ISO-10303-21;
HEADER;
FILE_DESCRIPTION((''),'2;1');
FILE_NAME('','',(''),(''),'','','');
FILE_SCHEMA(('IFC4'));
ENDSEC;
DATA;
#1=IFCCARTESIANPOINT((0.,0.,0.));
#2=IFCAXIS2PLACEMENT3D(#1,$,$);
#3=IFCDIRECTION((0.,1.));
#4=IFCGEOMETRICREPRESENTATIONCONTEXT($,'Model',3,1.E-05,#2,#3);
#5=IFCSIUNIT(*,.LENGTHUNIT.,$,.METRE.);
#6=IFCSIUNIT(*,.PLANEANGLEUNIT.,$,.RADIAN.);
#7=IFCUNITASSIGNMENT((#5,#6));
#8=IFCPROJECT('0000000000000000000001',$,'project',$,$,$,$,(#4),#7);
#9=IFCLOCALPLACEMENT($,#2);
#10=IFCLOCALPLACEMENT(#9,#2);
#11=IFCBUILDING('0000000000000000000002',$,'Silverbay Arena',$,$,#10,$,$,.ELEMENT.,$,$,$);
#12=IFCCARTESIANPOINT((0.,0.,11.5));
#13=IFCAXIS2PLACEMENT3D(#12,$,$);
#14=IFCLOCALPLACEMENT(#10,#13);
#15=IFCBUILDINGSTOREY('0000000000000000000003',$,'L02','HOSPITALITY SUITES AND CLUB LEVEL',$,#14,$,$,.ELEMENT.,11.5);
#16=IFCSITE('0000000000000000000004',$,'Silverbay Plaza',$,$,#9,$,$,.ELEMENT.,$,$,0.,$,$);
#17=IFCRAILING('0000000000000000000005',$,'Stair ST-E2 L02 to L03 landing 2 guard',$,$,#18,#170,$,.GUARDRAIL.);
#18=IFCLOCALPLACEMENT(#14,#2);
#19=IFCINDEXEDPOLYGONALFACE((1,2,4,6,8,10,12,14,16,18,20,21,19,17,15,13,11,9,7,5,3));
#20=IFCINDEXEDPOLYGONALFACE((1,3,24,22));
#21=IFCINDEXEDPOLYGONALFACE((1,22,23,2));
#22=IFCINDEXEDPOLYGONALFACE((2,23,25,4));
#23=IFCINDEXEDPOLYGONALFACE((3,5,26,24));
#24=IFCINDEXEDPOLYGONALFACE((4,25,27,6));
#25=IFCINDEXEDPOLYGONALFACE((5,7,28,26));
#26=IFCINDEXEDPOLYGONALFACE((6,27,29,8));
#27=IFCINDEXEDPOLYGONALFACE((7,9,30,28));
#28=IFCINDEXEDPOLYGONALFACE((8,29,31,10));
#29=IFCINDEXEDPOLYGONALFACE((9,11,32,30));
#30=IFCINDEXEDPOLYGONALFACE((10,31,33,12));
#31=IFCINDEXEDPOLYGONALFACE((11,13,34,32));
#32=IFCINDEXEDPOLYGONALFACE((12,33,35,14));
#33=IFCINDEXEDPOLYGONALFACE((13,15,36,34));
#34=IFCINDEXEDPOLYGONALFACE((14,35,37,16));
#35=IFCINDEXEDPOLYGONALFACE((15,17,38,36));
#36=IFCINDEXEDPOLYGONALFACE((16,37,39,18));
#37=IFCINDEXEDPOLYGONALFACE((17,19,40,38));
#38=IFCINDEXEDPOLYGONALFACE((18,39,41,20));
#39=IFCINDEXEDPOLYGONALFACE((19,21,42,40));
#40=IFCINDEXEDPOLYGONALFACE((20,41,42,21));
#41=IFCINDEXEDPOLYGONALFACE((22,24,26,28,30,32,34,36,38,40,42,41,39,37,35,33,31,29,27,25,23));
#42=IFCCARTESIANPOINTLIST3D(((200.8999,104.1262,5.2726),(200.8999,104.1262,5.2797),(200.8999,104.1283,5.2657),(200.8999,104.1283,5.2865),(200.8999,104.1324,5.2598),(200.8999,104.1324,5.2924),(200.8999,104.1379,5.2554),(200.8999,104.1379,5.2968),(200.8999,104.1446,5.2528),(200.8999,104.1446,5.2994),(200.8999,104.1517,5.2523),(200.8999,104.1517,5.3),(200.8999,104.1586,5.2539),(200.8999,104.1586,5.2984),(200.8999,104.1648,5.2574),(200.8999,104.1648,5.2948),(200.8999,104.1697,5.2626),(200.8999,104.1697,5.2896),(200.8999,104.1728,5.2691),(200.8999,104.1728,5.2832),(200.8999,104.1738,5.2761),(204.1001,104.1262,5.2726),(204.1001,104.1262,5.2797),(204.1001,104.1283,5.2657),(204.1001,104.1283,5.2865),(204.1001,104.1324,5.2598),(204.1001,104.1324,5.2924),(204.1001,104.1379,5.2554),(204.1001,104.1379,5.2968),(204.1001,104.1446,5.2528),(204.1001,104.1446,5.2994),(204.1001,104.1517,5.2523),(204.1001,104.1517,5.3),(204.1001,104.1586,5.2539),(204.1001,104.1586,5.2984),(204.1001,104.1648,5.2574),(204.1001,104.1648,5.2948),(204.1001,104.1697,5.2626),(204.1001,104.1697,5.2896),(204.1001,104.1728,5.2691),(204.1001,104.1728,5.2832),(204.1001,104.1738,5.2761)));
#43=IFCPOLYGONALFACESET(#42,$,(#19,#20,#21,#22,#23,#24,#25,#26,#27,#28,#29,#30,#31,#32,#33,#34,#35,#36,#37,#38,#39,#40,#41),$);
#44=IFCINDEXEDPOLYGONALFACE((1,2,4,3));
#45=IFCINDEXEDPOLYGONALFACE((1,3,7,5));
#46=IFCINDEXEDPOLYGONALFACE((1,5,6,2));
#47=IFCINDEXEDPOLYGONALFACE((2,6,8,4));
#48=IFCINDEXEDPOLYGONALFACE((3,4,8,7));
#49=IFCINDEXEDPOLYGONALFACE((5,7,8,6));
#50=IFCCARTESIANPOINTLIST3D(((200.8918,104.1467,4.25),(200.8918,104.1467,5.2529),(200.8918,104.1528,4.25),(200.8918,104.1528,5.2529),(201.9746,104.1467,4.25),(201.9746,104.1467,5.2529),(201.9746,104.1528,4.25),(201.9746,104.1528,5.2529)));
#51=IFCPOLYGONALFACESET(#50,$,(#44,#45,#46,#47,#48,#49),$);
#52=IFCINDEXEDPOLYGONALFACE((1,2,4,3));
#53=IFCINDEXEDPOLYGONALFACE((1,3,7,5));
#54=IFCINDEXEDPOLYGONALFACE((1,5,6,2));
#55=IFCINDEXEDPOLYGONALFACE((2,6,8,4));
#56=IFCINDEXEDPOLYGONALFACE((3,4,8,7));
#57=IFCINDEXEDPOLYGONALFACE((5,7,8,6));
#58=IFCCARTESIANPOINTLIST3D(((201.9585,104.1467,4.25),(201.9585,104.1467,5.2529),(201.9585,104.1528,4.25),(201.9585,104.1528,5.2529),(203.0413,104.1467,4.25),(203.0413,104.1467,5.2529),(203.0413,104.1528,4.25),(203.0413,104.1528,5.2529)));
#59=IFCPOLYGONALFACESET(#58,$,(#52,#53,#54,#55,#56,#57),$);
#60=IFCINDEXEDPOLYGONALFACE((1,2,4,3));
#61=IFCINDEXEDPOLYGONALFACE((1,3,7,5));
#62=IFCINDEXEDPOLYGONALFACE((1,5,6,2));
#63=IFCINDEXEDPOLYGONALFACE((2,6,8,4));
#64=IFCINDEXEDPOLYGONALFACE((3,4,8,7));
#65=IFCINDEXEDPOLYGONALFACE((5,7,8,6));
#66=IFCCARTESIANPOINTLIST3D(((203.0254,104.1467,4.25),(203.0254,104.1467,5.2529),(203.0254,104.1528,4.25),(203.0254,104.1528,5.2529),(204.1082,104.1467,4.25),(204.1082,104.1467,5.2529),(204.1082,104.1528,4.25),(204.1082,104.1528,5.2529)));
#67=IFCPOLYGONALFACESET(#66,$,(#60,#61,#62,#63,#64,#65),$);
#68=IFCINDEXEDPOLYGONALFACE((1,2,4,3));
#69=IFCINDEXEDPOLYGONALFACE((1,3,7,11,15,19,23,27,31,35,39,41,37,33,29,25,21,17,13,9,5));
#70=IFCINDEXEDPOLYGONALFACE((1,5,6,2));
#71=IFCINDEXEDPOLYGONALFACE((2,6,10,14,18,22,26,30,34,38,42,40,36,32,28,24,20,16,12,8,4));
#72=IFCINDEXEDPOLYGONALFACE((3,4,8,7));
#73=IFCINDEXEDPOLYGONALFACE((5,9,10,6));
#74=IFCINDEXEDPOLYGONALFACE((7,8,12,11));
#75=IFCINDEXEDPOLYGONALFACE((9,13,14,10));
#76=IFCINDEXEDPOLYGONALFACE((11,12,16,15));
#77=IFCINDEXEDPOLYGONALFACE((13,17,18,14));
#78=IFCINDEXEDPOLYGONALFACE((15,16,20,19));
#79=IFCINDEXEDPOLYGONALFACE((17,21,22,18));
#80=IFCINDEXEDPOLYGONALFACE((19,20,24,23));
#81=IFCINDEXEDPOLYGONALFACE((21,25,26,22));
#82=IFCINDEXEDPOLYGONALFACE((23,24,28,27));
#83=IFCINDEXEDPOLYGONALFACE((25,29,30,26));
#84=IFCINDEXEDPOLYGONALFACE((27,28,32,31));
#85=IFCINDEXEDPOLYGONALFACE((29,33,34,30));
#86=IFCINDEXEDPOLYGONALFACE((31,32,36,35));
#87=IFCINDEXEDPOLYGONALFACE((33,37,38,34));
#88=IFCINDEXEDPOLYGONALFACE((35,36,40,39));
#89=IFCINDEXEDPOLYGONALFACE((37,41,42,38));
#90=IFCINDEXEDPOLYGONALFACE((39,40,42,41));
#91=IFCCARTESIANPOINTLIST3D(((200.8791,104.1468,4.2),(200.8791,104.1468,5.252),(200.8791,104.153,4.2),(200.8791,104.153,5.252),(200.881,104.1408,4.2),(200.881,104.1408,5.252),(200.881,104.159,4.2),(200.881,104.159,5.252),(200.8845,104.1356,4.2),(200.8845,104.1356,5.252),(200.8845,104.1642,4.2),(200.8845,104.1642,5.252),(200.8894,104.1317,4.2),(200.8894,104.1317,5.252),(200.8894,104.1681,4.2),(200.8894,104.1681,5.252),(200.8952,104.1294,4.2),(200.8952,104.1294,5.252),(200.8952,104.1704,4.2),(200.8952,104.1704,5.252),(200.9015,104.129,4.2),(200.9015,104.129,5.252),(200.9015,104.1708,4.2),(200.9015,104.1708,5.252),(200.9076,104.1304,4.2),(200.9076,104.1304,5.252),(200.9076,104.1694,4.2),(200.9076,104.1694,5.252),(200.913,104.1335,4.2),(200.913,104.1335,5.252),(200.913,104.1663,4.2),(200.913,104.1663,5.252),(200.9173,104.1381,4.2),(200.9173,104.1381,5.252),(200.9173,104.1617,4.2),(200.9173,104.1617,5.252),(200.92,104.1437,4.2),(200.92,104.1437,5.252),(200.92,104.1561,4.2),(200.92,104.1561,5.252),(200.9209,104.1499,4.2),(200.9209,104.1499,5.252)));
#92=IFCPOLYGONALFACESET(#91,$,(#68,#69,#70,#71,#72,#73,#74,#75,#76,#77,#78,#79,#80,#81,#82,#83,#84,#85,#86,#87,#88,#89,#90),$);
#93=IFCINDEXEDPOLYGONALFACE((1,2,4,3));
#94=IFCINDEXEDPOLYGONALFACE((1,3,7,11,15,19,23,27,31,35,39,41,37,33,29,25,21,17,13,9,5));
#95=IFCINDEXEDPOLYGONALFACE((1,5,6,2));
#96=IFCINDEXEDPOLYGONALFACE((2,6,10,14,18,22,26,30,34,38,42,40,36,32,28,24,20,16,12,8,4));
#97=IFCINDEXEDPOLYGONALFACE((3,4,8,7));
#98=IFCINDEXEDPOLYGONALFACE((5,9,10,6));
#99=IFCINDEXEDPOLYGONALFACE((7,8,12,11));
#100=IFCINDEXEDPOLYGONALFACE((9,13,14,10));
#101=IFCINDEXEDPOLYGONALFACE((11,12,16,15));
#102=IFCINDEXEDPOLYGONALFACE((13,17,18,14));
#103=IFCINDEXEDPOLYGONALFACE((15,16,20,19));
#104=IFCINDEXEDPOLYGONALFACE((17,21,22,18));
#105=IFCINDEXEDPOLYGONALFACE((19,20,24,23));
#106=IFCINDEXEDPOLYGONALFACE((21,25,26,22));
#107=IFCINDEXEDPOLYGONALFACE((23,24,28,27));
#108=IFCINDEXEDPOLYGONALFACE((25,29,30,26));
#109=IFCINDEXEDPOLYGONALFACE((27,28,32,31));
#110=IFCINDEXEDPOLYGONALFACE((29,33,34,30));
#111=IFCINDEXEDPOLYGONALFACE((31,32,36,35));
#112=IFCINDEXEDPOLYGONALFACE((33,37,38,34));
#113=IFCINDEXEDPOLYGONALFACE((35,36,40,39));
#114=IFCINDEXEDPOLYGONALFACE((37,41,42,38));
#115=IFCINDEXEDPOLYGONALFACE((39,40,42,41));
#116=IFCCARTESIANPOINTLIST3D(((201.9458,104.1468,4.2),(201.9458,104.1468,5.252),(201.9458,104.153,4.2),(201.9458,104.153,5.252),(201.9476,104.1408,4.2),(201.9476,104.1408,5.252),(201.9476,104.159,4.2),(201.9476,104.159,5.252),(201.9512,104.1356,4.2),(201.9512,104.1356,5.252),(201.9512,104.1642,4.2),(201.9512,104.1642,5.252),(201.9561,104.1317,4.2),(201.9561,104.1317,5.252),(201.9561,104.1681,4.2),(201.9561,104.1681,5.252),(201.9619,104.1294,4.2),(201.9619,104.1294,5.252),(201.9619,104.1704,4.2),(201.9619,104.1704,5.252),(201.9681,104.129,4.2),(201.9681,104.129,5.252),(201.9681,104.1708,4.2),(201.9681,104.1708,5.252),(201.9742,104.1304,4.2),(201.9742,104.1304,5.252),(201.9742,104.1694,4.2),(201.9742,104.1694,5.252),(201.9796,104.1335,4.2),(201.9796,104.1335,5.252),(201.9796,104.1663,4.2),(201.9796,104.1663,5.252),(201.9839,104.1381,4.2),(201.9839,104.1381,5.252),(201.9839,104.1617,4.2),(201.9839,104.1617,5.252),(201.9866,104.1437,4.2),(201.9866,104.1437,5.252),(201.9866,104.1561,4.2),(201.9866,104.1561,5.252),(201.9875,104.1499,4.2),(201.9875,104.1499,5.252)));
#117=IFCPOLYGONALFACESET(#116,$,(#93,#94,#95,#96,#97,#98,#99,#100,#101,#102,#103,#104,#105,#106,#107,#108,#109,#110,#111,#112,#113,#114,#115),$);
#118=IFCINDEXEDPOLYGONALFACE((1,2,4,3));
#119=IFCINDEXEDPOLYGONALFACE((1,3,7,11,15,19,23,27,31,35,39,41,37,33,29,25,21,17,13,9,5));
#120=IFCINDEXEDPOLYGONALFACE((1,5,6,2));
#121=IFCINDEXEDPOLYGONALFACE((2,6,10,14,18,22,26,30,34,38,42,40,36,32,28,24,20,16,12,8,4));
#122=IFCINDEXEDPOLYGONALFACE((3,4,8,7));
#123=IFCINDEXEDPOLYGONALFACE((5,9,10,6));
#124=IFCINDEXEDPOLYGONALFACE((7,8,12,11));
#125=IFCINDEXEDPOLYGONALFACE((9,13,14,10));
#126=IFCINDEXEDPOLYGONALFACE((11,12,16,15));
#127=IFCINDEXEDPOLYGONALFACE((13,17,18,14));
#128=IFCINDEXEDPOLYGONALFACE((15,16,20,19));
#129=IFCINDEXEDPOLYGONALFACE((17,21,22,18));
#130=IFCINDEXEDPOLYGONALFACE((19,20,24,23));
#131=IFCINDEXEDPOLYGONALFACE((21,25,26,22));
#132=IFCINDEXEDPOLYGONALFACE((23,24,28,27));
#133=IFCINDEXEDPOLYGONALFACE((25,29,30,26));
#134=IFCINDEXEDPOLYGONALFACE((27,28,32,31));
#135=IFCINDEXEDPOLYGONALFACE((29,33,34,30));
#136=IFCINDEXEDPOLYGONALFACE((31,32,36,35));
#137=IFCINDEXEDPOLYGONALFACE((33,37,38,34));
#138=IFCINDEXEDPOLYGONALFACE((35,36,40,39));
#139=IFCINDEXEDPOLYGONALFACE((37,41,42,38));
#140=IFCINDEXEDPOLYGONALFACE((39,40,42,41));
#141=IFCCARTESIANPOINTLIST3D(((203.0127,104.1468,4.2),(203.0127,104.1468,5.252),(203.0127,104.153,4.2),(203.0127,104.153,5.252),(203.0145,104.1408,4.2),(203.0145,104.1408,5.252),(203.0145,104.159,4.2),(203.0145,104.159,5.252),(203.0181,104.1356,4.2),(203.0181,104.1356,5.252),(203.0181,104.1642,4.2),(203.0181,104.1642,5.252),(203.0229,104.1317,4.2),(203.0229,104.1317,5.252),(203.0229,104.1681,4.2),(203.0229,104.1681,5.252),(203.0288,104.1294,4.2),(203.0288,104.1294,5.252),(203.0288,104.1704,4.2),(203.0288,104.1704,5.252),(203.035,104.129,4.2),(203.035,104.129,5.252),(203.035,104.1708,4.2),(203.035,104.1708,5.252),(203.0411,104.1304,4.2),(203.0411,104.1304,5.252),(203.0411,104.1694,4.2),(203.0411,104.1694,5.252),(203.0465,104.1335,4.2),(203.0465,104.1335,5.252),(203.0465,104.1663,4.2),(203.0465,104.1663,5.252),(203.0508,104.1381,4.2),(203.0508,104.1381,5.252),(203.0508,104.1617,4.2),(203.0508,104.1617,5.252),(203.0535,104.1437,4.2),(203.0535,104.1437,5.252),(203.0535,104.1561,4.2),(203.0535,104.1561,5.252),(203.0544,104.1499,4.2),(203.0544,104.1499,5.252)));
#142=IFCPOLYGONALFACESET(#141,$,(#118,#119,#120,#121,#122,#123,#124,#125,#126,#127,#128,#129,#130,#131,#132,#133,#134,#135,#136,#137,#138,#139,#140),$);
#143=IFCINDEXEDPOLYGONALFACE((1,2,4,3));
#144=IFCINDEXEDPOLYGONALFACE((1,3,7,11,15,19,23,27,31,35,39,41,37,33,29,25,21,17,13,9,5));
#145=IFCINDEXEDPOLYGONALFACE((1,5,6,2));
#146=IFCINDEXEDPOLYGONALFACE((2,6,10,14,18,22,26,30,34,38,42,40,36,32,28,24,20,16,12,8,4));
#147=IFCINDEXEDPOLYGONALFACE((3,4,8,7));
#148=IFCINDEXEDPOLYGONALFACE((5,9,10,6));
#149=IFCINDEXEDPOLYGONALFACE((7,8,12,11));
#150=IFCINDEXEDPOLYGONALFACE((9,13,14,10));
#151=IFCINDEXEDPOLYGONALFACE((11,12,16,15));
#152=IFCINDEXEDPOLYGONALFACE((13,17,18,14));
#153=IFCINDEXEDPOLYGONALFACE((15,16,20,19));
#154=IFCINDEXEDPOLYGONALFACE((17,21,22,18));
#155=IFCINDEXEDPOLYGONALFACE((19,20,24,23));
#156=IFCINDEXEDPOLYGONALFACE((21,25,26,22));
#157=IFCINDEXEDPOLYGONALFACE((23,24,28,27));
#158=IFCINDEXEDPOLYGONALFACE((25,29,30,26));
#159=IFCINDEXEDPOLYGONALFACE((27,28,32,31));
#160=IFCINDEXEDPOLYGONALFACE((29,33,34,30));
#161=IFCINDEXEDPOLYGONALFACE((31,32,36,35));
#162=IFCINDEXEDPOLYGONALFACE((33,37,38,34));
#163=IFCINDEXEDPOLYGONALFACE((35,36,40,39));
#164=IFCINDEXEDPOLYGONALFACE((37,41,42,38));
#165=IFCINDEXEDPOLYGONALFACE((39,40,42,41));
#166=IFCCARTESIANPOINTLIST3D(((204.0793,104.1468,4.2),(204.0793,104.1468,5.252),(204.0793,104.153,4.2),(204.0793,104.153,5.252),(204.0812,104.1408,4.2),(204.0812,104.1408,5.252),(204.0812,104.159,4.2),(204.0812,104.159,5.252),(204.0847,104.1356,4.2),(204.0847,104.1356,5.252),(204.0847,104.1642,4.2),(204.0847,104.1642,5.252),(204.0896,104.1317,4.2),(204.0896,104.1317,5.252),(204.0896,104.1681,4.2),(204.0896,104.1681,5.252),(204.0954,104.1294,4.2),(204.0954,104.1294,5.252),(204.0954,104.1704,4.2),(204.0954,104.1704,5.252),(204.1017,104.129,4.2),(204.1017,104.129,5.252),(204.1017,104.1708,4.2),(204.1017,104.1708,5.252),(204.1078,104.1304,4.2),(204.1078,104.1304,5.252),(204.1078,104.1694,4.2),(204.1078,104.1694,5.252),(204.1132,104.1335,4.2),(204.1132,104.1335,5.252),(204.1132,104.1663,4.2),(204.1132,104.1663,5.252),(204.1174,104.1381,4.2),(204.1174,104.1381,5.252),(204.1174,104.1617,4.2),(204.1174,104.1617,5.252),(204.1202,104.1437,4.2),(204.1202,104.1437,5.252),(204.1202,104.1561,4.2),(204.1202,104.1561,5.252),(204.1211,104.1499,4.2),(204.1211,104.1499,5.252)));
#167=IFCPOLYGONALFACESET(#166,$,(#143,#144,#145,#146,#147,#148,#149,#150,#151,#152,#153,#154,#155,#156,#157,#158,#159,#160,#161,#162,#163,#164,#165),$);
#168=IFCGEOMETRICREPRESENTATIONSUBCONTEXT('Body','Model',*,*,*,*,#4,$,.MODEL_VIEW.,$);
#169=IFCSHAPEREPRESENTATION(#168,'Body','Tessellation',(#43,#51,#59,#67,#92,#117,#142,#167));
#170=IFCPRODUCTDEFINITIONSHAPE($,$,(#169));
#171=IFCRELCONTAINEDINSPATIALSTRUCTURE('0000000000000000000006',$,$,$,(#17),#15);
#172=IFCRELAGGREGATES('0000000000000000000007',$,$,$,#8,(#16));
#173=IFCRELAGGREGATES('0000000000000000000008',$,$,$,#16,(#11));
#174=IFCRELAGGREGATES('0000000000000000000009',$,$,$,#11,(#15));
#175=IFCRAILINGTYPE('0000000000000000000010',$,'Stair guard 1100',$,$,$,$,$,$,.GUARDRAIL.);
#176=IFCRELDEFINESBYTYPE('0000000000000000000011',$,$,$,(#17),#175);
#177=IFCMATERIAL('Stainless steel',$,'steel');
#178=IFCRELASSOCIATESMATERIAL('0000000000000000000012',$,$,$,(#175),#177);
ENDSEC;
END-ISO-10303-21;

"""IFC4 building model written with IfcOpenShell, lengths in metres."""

from ifc_helpers import new_model, si_unit, direction, frame, origin, origin_2d, place, context, subcontext, project, spatial, polyline, circle, outline, extrude, material, type_object, element, save


model = new_model("IFC4")

# Units and contexts
model_context = context("Model", 3, precision=1e-05, world=origin(), true_north=direction((0.0, 1.0)))
body_context = subcontext(model_context, "Body", "Model", "MODEL_VIEW")
ifc_project = project(units=[si_unit("LENGTHUNIT", "METRE"), si_unit("PLANEANGLEUNIT", "RADIAN")], contexts=[model_context])

# Site, building, storey
site_placement = place(None, origin())
site = spatial("IfcSite", under=ifc_project, at=site_placement, Name="Silverbay Plaza", CompositionType="ELEMENT", RefElevation=0.0)
building_placement = place(site_placement, origin())
building = spatial("IfcBuilding", under=site, at=building_placement, Name="Silverbay Arena", CompositionType="ELEMENT")
storey_placement = place(building_placement, frame((0.0, 0.0, 11.5)))
storey = spatial("IfcBuildingStorey", under=building, at=storey_placement, Name="L02", Description="HOSPITALITY SUITES AND CLUB LEVEL", CompositionType="ELEMENT", Elevation=11.5)

# Railing
ifc_material_1 = material(Name="Stainless steel", Category="steel")
railing_type_1 = type_object("IfcRailingType", Name="Stair guard 1100", PredefinedType="GUARDRAIL", material=ifc_material_1)
for number, where, name in (
    (1, (200.8999, 104.1499, 4.2), "Stair ST-E2 L02 to L03 landing 2 guard"),
):
    element("IfcRailing", number, at=place(storey_placement, frame(where)), inside=storey, type_object=railing_type_1, Name=name, PredefinedType="GUARDRAIL", context=body_context, shape_type="SweptSolid", body=[
        extrude(circle(Radius=0.0239, at=origin_2d()), frame((0.0, 0.0, 1.0762), z_axis=(1.0, 0.0, 0.0), x_axis=(0.0, 1.0, 0.0)), (0.0, 0.0, 1.0), 3.2002),
        extrude(outline(polyline([(-0.0081, 0.05), (1.0747, 0.05), (1.0747, 1.053), (-0.0081, 1.053), (-0.0081, 0.05)])), frame((0.0, 0.0029, 0.0), z_axis=(0.0, -1.0, 0.0), x_axis=(1.0, 0.0, 0.0)), (0.0, 0.0, 1.0), 0.0061),
        extrude(outline(polyline([(-0.0081, 0.05), (1.0747, 0.05), (1.0747, 1.053), (-0.0081, 1.053), (-0.0081, 0.05)])), frame((1.0667, 0.0029, 0.0), z_axis=(0.0, -1.0, 0.0), x_axis=(1.0, 0.0, 0.0)), (0.0, 0.0, 1.0), 0.0061),
        extrude(outline(polyline([(-0.0081, 0.05), (1.0747, 0.05), (1.0747, 1.053), (-0.0081, 1.053), (-0.0081, 0.05)])), frame((2.1335, 0.0029, 0.0), z_axis=(0.0, -1.0, 0.0), x_axis=(1.0, 0.0, 0.0)), (0.0, 0.0, 1.0), 0.0061),
        extrude(circle(Radius=0.021, at=origin_2d()), origin(), (0.0, 0.0, 1.0), 1.052),
        extrude(circle(Radius=0.021, at=origin_2d()), frame((1.0667, 0.0, 0.0)), (0.0, 0.0, 1.0), 1.052),
        extrude(circle(Radius=0.021, at=origin_2d()), frame((2.1335, 0.0, 0.0)), (0.0, 0.0, 1.0), 1.052),
        extrude(circle(Radius=0.021, at=origin_2d()), frame((3.2002, 0.0, 0.0)), (0.0, 0.0, 1.0), 1.052),
    ])

save(model, "model.ifc")
